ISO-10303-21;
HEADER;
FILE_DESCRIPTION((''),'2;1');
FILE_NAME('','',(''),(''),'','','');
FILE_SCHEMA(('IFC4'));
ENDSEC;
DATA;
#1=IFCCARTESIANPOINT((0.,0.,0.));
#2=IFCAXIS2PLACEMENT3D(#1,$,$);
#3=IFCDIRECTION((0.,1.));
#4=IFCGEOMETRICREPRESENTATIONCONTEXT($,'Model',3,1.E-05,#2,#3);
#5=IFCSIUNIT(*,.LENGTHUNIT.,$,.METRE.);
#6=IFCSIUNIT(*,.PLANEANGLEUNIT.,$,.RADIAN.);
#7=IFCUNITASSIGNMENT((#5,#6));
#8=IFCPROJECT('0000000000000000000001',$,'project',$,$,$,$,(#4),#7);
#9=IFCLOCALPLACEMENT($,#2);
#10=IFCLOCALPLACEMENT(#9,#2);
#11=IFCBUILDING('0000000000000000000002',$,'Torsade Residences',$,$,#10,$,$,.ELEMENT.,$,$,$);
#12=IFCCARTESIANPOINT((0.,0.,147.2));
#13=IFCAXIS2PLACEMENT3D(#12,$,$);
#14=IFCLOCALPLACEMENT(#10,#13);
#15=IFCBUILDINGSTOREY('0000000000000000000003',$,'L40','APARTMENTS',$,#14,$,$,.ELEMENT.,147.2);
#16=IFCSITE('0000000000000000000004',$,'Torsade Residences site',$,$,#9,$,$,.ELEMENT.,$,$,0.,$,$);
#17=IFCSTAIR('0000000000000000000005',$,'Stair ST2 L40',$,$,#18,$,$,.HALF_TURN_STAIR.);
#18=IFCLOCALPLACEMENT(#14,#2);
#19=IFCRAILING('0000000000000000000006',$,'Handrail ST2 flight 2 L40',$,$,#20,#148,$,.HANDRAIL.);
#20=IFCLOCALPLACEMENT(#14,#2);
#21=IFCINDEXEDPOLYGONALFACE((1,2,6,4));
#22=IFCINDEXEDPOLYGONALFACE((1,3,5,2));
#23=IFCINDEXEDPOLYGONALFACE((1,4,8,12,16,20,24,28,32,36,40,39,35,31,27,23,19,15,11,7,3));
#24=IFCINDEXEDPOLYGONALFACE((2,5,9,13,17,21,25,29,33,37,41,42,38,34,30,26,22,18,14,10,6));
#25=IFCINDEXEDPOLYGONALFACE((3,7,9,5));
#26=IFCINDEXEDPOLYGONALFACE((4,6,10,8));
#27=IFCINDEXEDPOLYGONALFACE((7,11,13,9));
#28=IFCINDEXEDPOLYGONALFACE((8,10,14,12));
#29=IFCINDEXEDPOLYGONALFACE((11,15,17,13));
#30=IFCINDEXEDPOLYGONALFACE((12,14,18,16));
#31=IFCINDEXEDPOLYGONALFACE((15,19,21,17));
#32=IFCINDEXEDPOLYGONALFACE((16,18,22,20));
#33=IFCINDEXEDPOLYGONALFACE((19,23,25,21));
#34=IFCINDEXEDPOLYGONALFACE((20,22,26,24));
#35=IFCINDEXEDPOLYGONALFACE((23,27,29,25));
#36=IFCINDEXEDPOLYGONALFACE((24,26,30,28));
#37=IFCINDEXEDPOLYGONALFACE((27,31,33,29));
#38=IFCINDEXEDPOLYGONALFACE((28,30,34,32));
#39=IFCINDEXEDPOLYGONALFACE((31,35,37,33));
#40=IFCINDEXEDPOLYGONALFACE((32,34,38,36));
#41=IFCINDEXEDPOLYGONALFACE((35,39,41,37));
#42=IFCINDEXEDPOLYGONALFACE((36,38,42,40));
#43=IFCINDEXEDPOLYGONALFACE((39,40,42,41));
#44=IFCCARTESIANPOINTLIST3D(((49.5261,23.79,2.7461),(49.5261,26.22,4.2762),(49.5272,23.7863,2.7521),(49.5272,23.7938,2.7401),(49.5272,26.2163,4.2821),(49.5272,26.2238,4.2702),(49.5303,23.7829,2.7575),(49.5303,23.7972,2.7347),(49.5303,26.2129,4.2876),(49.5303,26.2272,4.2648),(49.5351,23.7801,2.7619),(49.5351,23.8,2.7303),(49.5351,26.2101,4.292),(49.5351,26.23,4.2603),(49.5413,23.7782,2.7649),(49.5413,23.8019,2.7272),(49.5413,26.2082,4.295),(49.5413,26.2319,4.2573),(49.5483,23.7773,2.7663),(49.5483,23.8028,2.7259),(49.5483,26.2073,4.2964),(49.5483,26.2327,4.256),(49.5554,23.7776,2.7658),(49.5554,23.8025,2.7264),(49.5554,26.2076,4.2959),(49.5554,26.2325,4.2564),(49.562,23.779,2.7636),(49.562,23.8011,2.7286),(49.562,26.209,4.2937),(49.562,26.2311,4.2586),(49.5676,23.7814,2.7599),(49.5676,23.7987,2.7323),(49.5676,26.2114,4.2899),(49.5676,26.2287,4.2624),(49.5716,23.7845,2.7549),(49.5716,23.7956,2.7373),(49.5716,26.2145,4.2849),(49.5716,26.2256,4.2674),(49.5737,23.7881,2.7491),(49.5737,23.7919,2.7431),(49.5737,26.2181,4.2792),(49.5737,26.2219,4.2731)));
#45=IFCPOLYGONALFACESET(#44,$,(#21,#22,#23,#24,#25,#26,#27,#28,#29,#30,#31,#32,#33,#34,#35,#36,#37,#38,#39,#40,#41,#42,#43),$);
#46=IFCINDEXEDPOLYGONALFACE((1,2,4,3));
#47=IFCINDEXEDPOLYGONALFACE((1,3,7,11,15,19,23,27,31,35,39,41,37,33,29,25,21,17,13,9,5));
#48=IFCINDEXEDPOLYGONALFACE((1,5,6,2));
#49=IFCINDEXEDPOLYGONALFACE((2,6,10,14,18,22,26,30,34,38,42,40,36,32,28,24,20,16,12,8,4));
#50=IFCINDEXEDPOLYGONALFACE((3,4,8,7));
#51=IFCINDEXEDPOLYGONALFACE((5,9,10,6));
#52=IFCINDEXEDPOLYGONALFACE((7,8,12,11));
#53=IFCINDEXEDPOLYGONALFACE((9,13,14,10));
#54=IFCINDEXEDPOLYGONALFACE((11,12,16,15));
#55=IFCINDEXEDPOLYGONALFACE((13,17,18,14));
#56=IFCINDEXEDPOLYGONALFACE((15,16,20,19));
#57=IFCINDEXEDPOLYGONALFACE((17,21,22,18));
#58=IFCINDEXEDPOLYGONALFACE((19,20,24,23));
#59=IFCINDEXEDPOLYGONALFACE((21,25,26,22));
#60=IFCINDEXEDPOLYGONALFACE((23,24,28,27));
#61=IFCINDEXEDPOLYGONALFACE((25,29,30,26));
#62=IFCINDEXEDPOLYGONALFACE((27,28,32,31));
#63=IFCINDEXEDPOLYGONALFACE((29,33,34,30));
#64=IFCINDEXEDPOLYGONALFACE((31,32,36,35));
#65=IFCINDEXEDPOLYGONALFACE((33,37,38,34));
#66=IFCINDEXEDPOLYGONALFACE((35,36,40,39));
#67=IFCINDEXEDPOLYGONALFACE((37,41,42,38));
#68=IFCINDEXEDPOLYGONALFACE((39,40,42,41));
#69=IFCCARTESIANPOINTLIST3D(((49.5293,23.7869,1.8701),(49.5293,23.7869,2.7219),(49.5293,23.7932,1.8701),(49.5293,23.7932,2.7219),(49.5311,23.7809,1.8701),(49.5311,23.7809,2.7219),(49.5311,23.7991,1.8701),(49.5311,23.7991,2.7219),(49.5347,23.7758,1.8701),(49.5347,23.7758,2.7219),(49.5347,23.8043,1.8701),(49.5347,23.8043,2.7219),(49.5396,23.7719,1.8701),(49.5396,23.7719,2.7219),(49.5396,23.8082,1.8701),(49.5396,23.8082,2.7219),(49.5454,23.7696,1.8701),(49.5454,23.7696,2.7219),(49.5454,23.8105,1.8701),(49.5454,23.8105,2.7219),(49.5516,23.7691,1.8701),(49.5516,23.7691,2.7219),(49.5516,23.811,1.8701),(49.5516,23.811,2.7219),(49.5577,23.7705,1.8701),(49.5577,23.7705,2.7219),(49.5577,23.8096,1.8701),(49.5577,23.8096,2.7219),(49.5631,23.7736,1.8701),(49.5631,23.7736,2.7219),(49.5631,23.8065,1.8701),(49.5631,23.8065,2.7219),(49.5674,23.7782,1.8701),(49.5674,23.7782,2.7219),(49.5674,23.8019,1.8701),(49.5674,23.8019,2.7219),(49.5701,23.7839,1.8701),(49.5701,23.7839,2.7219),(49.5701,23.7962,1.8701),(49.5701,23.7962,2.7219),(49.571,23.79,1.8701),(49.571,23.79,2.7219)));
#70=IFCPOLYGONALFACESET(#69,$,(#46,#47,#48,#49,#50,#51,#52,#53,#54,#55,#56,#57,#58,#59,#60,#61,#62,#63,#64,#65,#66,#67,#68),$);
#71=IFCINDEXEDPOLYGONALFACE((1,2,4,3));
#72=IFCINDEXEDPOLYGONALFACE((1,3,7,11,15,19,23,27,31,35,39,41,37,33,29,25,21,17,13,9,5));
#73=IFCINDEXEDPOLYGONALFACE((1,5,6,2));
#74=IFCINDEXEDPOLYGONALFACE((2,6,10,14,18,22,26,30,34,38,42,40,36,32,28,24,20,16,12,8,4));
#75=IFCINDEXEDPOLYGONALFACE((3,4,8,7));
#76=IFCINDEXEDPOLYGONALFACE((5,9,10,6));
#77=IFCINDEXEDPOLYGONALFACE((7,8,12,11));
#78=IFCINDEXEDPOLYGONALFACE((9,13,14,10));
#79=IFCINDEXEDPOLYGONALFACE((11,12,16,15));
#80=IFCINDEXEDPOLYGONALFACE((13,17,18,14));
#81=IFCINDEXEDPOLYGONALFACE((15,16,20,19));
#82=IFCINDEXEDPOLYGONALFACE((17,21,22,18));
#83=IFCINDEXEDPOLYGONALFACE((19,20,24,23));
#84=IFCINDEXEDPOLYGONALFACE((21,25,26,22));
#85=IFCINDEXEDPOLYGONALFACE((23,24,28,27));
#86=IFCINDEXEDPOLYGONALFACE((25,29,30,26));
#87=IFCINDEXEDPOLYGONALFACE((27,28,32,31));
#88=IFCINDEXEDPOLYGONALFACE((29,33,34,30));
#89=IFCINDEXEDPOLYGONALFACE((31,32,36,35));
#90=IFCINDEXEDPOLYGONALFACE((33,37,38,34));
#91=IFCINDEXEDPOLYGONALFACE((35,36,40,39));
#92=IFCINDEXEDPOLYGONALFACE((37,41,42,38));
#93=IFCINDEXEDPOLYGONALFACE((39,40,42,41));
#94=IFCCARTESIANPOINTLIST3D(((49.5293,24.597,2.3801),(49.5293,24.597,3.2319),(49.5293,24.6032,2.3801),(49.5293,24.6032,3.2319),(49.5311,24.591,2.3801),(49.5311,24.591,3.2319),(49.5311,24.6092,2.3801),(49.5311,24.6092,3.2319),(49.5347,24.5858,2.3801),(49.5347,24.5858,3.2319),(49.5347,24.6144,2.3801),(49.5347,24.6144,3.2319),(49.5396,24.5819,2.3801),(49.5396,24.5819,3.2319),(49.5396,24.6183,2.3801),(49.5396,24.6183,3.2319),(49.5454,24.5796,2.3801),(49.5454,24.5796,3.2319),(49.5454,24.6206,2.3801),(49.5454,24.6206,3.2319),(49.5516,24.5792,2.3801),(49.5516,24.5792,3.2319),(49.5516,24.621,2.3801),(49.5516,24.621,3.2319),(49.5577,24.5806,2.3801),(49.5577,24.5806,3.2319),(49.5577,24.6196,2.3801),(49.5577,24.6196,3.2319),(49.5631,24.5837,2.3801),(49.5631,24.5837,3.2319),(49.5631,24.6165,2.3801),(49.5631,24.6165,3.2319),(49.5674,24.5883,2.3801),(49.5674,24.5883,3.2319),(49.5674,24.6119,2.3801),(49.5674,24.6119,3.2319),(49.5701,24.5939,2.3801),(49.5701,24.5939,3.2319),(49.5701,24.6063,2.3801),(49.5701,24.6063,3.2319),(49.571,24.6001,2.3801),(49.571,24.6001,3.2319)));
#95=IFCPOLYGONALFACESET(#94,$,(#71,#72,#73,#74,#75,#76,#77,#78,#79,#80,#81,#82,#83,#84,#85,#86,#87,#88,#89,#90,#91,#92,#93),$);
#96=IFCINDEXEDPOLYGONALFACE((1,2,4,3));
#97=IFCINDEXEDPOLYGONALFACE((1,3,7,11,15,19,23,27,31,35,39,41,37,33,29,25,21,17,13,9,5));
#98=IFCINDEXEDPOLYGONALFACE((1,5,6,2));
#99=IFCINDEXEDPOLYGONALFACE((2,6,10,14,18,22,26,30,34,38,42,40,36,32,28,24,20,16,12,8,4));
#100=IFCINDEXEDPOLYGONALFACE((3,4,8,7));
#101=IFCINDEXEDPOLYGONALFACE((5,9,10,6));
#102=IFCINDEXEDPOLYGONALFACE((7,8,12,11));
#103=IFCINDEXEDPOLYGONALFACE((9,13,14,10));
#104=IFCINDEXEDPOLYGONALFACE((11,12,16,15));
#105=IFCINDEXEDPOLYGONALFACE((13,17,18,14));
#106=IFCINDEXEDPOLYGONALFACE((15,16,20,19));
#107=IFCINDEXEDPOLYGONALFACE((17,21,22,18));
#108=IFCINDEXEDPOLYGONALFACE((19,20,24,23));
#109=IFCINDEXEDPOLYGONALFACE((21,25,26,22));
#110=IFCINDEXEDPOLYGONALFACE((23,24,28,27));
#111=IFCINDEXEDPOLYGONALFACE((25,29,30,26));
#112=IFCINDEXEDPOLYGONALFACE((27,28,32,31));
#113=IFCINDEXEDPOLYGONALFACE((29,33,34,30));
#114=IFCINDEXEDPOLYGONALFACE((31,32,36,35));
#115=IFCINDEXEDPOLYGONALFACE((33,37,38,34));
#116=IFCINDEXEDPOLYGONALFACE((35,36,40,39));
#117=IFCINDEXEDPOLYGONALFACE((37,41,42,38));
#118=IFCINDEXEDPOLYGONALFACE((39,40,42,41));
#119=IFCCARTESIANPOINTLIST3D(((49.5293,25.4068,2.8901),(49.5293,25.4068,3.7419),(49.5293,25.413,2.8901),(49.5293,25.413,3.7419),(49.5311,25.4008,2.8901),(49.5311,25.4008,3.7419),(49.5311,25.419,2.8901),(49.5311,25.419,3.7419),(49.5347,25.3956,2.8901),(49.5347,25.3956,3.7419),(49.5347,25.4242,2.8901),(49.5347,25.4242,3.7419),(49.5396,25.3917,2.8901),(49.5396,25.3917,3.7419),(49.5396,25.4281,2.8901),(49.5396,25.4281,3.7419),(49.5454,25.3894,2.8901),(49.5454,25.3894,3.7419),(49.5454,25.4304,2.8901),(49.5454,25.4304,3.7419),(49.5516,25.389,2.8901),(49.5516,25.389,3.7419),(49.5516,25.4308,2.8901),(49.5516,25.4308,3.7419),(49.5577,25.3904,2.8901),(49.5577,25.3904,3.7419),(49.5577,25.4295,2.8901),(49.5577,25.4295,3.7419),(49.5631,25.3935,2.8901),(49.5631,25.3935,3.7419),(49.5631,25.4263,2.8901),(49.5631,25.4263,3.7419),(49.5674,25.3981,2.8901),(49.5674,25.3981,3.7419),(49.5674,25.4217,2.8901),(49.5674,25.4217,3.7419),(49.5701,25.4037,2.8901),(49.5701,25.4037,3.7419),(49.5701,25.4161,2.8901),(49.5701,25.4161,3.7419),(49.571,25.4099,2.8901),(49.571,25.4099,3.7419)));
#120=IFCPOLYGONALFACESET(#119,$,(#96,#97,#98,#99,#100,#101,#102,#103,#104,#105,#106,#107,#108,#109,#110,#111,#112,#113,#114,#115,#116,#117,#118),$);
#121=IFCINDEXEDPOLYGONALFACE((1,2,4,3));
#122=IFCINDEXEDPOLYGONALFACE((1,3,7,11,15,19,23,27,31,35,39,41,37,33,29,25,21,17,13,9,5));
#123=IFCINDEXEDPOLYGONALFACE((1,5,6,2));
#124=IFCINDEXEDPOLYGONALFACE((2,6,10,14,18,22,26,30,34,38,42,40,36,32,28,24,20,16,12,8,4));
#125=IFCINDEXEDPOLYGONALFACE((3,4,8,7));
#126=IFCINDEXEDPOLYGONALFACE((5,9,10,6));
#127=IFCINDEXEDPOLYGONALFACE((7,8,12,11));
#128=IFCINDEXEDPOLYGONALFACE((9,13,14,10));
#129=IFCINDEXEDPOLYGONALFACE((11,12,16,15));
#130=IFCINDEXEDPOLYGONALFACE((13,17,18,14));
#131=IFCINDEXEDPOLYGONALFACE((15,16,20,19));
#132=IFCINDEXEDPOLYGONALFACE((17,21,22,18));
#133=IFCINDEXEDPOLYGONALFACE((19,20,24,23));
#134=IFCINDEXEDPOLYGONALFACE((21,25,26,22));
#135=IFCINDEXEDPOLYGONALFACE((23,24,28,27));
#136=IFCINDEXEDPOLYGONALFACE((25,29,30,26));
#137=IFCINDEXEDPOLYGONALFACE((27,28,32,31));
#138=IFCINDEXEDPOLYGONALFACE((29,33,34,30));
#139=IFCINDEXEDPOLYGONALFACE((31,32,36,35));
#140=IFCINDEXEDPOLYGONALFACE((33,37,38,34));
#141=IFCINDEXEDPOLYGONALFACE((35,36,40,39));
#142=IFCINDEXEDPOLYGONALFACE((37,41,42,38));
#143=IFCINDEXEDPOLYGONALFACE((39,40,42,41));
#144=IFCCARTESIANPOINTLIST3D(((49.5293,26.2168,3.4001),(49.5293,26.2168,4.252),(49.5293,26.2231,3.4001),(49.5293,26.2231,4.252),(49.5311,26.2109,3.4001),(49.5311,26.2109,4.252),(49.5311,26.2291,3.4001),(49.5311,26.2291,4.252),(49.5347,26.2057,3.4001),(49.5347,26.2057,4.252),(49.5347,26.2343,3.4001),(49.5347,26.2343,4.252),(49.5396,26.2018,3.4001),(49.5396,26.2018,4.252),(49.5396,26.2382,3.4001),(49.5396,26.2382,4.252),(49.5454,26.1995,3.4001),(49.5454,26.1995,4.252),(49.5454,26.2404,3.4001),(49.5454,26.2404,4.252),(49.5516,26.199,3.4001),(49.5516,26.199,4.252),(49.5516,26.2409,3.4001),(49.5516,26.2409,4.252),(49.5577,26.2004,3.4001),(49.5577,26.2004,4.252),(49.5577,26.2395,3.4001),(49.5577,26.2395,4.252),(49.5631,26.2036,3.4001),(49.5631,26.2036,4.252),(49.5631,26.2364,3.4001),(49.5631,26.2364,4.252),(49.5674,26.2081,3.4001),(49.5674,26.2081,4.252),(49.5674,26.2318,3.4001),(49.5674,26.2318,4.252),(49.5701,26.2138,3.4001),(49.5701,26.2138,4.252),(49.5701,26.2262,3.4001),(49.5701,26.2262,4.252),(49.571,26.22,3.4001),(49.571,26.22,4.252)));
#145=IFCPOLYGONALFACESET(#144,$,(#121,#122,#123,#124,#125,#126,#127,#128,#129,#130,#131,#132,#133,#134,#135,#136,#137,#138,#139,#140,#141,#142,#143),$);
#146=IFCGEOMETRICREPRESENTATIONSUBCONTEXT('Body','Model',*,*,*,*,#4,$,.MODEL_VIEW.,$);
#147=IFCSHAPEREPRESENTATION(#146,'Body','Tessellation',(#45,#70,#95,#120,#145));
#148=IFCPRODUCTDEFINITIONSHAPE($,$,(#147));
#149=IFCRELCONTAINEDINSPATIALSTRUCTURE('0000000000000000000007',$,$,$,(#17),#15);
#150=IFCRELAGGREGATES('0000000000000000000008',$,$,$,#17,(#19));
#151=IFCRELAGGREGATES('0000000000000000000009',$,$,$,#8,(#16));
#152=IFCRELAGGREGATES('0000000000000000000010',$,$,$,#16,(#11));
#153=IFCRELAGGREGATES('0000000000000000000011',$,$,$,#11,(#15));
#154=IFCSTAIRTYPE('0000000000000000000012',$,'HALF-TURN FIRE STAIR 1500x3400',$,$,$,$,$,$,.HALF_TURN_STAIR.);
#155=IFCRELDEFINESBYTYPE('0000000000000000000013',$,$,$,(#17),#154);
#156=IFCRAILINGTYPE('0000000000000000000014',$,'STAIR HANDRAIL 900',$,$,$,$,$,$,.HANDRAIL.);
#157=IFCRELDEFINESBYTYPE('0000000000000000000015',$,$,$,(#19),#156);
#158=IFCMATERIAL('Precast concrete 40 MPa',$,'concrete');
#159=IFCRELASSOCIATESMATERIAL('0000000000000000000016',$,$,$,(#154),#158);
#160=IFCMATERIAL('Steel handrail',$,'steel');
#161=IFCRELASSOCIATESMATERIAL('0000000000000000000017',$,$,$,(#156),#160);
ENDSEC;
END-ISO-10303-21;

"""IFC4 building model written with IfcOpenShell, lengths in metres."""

from ifc_helpers import new_model, si_unit, direction, frame, origin, origin_2d, place, context, subcontext, project, spatial, circle, extrude, material, type_object, element, aggregate, save


model = new_model("IFC4")

# Units and contexts
model_context = context("Model", 3, precision=1e-05, world=origin(), true_north=direction((0.0, 1.0)))
body_context = subcontext(model_context, "Body", "Model", "MODEL_VIEW")
ifc_project = project(units=[si_unit("LENGTHUNIT", "METRE"), si_unit("PLANEANGLEUNIT", "RADIAN")], contexts=[model_context])

# Site, building, storey
site_placement = place(None, origin())
site = spatial("IfcSite", under=ifc_project, at=site_placement, Name="Torsade Residences site", CompositionType="ELEMENT", RefElevation=0.0)
building_placement = place(site_placement, origin())
building = spatial("IfcBuilding", under=site, at=building_placement, Name="Torsade Residences", CompositionType="ELEMENT")
storey_placement = place(building_placement, frame((0.0, 0.0, 147.2)))
storey = spatial("IfcBuildingStorey", under=building, at=storey_placement, Name="L40", Description="APARTMENTS", CompositionType="ELEMENT", Elevation=147.2)

# Stair, railing
ifc_material_1 = material(Name="Precast concrete 40 MPa", Category="concrete")
stair_type = type_object("IfcStairType", Name="HALF-TURN FIRE STAIR 1500x3400", PredefinedType="HALF_TURN_STAIR", material=ifc_material_1)
stair_placement = place(storey_placement, origin())
stair = element("IfcStair", 1, at=stair_placement, inside=storey, type_object=stair_type, Name="Stair ST2 L40", PredefinedType="HALF_TURN_STAIR")
ifc_material_2 = material(Name="Steel handrail", Category="steel")
railing_type = type_object("IfcRailingType", Name="STAIR HANDRAIL 900", PredefinedType="HANDRAIL", material=ifc_material_2)
railing_1_placement = place(storey_placement, frame((49.55, 23.79, 1.8701)))
railing_1 = element("IfcRailing", 2, at=railing_1_placement, type_object=railing_type, Name="Handrail ST2 flight 2 L40", PredefinedType="HANDRAIL", context=body_context, shape_type="SweptSolid", body=[
    extrude(circle(Radius=0.0239, at=origin_2d()), frame((0.0, 0.0, 0.876), z_axis=(0.0, 0.846221, 0.532831), x_axis=(-1.0, 0.0, 0.0)), (0.0, 0.0, 1.0), 2.8716),
    extrude(circle(Radius=0.021, at=origin_2d()), origin(), (0.0, 0.0, 1.0), 0.8518),
    extrude(circle(Radius=0.021, at=origin_2d()), frame((0.0, 0.8101, 0.51)), (0.0, 0.0, 1.0), 0.8518),
    extrude(circle(Radius=0.021, at=origin_2d()), frame((0.0, 1.6199, 1.02)), (0.0, 0.0, 1.0), 0.8518),
    extrude(circle(Radius=0.021, at=origin_2d()), frame((0.0, 2.4299, 1.53)), (0.0, 0.0, 1.0), 0.8518),
])
aggregate(stair, [railing_1])

save(model, "model.ifc")
